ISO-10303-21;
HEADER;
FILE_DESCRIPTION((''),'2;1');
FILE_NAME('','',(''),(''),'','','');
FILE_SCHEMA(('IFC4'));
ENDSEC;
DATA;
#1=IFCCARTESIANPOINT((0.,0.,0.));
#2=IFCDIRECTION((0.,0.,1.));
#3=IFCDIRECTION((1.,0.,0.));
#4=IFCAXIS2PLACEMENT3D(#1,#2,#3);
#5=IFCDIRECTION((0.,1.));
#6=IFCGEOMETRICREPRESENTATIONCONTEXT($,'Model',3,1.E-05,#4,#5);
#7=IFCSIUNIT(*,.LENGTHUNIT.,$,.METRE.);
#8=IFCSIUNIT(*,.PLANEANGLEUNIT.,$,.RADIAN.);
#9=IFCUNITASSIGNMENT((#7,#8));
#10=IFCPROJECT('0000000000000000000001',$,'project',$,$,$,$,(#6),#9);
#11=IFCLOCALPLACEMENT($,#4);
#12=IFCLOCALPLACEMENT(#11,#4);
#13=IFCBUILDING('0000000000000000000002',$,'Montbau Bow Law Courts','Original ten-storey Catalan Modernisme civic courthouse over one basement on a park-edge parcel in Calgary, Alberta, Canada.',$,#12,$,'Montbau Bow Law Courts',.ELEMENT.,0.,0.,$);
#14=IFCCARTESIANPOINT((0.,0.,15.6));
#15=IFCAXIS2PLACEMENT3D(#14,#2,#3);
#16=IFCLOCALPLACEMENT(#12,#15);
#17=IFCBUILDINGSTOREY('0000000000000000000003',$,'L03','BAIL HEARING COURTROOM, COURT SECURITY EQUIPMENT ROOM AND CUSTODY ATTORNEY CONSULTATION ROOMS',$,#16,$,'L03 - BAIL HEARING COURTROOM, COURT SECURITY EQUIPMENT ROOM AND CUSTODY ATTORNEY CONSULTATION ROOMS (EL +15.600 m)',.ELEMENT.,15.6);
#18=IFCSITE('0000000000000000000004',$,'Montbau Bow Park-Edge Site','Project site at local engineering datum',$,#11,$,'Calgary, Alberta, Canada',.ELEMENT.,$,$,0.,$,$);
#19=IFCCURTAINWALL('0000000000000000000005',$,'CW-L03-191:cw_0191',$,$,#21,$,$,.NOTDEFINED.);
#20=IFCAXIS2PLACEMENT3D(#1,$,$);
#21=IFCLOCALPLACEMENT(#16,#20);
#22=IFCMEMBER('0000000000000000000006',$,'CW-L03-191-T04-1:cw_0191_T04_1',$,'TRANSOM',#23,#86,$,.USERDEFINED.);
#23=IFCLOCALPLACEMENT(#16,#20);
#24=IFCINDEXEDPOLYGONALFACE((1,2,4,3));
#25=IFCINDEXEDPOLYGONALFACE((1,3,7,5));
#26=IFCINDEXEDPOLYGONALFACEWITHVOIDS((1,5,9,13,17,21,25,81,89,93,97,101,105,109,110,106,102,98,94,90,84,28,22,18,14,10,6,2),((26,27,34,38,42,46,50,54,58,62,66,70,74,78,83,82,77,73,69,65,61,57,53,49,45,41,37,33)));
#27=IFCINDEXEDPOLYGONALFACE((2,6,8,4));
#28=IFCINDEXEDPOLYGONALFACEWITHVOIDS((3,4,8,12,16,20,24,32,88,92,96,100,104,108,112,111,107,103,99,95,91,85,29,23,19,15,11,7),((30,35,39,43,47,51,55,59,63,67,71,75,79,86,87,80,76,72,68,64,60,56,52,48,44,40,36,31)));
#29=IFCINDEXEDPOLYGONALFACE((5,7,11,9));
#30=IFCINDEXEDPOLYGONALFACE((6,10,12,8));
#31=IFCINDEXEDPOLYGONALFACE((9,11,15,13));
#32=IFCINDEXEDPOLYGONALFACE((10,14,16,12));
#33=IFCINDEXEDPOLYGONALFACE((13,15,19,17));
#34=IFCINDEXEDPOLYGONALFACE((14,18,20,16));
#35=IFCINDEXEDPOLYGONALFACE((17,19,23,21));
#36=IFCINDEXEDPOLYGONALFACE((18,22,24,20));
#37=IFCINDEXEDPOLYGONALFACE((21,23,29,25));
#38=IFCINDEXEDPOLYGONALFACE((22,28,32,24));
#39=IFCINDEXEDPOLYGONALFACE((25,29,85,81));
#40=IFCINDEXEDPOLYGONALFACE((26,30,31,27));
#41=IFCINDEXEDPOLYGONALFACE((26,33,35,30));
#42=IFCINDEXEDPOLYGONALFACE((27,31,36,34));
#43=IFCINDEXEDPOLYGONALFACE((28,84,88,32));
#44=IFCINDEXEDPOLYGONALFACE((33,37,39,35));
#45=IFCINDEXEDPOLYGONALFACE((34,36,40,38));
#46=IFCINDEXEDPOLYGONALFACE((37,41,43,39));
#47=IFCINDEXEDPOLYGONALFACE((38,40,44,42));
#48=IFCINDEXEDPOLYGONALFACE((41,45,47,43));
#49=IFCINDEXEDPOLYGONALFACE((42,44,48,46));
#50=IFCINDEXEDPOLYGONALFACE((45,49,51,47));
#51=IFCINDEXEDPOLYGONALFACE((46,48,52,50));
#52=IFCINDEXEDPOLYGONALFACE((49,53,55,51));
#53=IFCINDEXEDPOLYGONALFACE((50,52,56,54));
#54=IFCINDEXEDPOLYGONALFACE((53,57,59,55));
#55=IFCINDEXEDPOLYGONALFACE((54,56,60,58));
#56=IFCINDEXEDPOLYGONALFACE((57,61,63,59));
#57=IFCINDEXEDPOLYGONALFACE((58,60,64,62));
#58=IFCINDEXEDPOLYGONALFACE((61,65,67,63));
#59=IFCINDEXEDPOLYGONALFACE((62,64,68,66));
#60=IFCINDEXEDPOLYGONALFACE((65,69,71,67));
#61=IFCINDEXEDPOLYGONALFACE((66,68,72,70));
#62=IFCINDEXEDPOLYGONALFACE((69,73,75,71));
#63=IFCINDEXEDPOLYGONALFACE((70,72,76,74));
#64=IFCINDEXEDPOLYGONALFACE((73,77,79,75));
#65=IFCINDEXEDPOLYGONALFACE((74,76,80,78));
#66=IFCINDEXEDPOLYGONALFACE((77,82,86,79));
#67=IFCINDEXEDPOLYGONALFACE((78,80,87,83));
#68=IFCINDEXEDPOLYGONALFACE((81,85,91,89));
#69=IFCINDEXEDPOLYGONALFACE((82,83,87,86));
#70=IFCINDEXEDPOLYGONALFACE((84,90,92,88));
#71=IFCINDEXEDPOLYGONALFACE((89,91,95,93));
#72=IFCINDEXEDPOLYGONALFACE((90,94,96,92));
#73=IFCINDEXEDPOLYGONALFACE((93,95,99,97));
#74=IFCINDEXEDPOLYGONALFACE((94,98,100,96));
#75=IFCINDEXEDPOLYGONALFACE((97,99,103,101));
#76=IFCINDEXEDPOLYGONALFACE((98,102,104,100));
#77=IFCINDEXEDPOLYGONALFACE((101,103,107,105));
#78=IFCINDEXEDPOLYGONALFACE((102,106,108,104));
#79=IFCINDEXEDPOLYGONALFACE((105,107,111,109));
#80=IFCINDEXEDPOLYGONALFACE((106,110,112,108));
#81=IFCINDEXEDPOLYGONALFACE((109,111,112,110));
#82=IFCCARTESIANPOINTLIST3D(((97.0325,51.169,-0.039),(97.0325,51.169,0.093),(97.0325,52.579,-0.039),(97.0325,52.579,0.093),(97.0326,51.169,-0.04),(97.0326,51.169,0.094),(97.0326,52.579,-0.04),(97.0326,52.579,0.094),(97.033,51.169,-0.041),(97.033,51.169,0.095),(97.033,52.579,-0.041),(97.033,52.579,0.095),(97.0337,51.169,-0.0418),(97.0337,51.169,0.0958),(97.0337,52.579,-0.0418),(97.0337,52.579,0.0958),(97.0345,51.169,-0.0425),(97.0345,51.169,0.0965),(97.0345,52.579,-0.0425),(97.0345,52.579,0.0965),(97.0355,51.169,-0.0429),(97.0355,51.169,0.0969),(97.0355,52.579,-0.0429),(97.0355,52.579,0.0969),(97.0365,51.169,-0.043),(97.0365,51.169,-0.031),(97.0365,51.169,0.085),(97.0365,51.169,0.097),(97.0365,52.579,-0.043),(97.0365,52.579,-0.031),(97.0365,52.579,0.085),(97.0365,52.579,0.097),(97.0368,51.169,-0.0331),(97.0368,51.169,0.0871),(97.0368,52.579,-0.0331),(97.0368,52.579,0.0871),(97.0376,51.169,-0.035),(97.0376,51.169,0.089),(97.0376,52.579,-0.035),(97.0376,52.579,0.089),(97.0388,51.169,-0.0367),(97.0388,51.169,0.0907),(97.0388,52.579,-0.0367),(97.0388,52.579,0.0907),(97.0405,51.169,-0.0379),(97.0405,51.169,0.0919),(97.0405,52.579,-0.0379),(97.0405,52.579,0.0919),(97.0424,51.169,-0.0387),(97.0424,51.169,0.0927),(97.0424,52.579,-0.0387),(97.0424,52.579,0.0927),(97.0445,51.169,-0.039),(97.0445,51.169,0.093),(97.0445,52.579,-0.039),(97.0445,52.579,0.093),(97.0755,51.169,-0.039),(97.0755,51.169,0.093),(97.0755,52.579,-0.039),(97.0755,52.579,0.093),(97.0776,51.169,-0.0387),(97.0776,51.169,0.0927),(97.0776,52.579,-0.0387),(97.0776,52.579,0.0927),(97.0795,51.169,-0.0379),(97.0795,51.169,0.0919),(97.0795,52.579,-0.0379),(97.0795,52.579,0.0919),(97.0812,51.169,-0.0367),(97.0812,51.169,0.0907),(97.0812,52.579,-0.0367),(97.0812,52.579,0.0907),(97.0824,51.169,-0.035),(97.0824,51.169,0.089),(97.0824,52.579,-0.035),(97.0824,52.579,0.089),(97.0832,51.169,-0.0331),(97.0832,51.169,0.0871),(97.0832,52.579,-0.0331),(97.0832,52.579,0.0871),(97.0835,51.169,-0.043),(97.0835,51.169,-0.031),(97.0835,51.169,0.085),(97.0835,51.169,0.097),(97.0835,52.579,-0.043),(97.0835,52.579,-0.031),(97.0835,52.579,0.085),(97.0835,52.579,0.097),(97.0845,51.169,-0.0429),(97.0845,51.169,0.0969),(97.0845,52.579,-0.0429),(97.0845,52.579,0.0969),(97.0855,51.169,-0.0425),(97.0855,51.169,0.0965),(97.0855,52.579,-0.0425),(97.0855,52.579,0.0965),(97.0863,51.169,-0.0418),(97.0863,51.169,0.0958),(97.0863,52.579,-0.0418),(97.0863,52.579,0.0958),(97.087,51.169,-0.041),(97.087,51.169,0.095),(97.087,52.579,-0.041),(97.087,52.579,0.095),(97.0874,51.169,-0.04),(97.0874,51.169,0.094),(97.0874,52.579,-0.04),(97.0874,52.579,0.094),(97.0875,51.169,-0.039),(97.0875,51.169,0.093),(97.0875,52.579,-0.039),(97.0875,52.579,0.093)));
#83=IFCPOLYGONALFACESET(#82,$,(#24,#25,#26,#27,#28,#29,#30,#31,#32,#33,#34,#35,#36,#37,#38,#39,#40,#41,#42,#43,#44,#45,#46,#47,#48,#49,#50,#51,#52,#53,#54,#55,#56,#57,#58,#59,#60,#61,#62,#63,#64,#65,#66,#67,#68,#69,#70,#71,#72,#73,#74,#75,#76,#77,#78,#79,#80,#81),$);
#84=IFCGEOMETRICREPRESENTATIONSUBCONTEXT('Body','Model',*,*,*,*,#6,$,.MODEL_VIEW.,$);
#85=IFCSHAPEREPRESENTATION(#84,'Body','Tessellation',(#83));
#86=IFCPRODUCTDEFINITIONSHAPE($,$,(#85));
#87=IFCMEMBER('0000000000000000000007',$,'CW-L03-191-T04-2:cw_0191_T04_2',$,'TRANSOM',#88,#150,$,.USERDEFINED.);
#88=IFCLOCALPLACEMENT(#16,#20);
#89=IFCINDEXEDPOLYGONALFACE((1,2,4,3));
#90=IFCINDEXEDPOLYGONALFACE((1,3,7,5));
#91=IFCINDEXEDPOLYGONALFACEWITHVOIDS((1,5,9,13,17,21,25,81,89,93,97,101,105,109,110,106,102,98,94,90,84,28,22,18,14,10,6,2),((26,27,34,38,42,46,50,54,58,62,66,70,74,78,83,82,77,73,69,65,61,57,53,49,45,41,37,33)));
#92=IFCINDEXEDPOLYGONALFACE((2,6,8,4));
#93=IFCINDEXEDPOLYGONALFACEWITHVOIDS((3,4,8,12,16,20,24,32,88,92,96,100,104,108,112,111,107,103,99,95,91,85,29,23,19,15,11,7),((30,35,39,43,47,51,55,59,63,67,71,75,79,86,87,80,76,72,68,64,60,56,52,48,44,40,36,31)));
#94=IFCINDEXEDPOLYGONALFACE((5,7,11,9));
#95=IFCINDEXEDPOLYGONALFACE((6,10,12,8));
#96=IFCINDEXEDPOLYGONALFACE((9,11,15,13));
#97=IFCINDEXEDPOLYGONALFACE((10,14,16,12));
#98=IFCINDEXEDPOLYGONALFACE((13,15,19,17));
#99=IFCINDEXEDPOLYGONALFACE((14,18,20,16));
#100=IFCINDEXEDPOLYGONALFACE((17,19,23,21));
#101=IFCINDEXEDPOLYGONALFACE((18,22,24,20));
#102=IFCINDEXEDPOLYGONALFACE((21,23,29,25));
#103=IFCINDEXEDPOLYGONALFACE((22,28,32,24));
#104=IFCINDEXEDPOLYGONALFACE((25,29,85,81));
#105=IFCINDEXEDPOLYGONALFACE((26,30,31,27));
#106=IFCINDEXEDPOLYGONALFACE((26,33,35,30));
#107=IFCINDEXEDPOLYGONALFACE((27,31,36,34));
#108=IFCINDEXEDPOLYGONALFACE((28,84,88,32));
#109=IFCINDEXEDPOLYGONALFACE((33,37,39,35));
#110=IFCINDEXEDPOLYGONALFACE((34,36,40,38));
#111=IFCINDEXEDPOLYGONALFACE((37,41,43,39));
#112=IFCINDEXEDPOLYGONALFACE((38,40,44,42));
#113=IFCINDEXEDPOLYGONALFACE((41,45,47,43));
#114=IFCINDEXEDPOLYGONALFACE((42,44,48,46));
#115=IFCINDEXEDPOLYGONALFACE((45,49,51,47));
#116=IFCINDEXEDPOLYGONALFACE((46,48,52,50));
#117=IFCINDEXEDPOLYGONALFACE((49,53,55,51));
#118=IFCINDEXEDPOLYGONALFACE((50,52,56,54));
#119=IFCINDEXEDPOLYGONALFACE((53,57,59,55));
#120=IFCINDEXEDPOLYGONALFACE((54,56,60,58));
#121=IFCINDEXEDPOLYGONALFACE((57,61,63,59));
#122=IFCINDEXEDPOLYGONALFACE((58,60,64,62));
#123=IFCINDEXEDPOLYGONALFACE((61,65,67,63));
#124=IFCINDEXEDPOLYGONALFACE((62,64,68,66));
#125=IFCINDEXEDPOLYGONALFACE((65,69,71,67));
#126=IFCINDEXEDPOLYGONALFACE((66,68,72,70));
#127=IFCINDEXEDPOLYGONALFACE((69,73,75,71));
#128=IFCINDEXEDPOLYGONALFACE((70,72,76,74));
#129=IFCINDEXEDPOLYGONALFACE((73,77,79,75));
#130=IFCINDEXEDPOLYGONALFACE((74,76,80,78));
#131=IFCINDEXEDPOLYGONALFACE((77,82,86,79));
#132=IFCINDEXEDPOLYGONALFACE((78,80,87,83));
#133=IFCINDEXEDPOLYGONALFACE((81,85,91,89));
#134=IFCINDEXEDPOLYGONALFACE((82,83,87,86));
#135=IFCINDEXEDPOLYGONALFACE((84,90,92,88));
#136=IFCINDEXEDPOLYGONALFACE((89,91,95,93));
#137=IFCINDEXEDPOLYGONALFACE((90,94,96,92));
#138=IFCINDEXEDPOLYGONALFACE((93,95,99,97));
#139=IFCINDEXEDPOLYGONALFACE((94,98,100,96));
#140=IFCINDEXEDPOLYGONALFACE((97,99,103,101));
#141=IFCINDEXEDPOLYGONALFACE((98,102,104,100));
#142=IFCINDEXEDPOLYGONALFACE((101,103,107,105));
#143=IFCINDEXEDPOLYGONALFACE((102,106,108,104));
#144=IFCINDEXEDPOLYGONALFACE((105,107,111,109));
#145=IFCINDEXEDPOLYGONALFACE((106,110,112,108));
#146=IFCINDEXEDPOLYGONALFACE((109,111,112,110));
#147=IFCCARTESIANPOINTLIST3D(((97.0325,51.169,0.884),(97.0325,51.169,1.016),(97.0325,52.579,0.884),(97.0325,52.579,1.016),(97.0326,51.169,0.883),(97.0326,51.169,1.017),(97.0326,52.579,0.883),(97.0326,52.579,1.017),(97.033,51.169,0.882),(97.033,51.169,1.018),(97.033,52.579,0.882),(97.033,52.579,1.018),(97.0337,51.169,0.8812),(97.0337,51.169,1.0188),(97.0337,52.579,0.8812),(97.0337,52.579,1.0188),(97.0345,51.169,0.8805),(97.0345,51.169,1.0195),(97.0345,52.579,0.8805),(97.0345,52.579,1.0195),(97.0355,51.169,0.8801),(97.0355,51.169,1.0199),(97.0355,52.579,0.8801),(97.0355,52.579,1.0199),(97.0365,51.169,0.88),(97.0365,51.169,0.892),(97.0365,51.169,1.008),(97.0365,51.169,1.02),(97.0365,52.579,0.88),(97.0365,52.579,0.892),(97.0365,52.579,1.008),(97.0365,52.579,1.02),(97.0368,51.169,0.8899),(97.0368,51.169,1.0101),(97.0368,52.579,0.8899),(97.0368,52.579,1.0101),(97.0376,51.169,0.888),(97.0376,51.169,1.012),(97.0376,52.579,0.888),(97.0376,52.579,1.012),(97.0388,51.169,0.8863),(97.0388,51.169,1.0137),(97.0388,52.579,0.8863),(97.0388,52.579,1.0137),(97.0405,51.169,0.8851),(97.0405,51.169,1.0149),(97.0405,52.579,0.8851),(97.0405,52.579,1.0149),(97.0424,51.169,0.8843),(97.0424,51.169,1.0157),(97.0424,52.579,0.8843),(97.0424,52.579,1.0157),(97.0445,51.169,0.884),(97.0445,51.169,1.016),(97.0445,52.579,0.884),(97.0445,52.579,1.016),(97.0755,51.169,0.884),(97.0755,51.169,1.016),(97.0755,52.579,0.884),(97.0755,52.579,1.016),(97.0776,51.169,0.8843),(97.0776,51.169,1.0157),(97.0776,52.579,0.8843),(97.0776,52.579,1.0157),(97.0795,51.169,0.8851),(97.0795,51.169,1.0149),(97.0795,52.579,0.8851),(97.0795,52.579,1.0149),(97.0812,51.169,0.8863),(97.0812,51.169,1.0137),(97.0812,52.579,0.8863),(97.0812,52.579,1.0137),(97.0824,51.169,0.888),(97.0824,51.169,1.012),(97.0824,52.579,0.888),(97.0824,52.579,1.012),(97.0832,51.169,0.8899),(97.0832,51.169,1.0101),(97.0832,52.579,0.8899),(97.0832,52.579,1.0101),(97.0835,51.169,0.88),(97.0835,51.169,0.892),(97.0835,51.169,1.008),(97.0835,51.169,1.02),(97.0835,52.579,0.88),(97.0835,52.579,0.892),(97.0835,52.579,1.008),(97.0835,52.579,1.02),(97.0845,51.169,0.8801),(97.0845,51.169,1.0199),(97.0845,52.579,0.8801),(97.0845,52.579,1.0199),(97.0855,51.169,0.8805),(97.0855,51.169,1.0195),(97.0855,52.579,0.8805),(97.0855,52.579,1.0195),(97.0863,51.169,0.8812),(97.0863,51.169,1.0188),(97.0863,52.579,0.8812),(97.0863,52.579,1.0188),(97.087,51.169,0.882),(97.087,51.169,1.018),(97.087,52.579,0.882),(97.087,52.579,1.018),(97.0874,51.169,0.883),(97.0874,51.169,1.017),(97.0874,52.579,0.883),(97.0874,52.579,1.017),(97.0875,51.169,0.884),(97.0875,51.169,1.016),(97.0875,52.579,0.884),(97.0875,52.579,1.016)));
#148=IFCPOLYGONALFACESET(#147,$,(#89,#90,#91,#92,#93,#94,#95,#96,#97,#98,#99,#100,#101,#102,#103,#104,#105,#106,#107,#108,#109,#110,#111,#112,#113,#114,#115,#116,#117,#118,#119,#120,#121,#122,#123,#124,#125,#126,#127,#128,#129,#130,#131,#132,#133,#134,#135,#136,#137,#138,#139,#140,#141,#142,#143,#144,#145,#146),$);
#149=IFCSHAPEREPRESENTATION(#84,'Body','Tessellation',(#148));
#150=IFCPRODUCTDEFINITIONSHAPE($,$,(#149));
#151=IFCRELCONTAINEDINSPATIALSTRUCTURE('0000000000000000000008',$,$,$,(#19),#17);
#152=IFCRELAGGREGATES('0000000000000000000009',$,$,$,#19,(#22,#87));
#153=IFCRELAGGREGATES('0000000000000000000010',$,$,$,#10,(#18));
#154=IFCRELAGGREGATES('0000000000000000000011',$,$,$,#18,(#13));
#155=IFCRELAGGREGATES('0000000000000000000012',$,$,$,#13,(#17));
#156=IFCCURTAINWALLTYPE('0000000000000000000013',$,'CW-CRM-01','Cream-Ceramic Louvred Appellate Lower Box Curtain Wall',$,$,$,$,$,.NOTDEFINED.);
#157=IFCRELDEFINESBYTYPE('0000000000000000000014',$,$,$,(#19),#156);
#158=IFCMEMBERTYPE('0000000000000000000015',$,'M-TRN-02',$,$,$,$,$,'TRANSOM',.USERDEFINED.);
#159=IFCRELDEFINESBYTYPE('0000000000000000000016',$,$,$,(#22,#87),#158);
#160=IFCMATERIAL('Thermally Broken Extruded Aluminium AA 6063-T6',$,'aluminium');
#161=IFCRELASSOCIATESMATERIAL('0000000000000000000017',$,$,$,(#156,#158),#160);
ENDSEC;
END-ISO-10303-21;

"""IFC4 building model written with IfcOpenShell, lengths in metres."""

from ifc_helpers import new_model, si_unit, direction, frame, origin_with_axes, origin_2d_with_axis, place, context, subcontext, project, spatial, hollow_rectangle, extrude, material, material_profile, profile_set, type_object, element, aggregate, save


model = new_model("IFC4")

# Units and contexts
model_context = context("Model", 3, precision=1e-05, world=origin_with_axes(), true_north=direction((0.0, 1.0)))
body_context = subcontext(model_context, "Body", "Model", "MODEL_VIEW")
ifc_project = project(units=[si_unit("LENGTHUNIT", "METRE"), si_unit("PLANEANGLEUNIT", "RADIAN")], contexts=[model_context])

# Site, building, storey
site_placement = place(None, origin_with_axes())
site = spatial("IfcSite", under=ifc_project, at=site_placement, Name="Montbau Bow Park-Edge Site", Description="Project site at local engineering datum", LongName="Calgary, Alberta, Canada", CompositionType="ELEMENT", RefElevation=0.0)
building_placement = place(site_placement, origin_with_axes())
building = spatial("IfcBuilding", under=site, at=building_placement, Name="Montbau Bow Law Courts", Description="Original ten-storey Catalan Modernisme civic courthouse over one basement on a park-edge parcel in Calgary, Alberta, Canada.", LongName="Montbau Bow Law Courts", CompositionType="ELEMENT", ElevationOfRefHeight=0.0, ElevationOfTerrain=0.0)
storey_placement = place(building_placement, frame((0.0, 0.0, 15.6), z_axis=(0.0, 0.0, 1.0), x_axis=(1.0, 0.0, 0.0)))
storey = spatial("IfcBuildingStorey", under=building, at=storey_placement, Name="L03", Description="BAIL HEARING COURTROOM, COURT SECURITY EQUIPMENT ROOM AND CUSTODY ATTORNEY CONSULTATION ROOMS", LongName="L03 - BAIL HEARING COURTROOM, COURT SECURITY EQUIPMENT ROOM AND CUSTODY ATTORNEY CONSULTATION ROOMS (EL +15.600 m)", CompositionType="ELEMENT", Elevation=15.6)

# Curtain wall, members
ifc_material_1 = material(Name="Thermally Broken Extruded Aluminium AA 6063-T6", Category="aluminium")
curtain_wall_type = type_object("IfcCurtainWallType", Name="CW-CRM-01", Description="Cream-Ceramic Louvred Appellate Lower Box Curtain Wall", PredefinedType="NOTDEFINED", material=ifc_material_1)
curtain_wall_placement = place(None, frame((97.06, 46.715, 15.6), z_axis=(0.0, 0.0, 1.0), x_axis=(1.0, 0.0, 0.0)))
curtain_wall = element("IfcCurtainWall", 1, at=curtain_wall_placement, inside=storey, type_object=curtain_wall_type, Name="CW-L03-191:cw_0191", PredefinedType="NOTDEFINED")
ifc_material_profile_1 = material_profile(ifc_material_1, hollow_rectangle(XDim=0.055, YDim=0.14, WallThickness=0.004, InnerFilletRadius=0.008, OuterFilletRadius=0.004, at=origin_2d_with_axis()), Name="CWT-140X55", Category="Main", Priority=0)
ifc_profile_set_1 = profile_set([ifc_material_profile_1], Name="Thermally Broken Extruded Aluminium AA 6063-T6")
member_type_1 = type_object("IfcMemberType", Name="M-TRN-02", ElementType="TRANSOM", PredefinedType="USERDEFINED", material=ifc_profile_set_1)
member_1_placement = place(None, frame((97.06, 51.169, 15.627), z_axis=(0.0, 1.0, 0.0), x_axis=(-1.0, 0.0, 0.0)))
member_1 = element("IfcMember", 2, at=member_1_placement, type_object=member_type_1, Name="CW-L03-191-T04-1:cw_0191_T04_1", ObjectType="TRANSOM", PredefinedType="USERDEFINED", context=body_context, shape_type="SweptSolid", body=[
    extrude(hollow_rectangle(XDim=0.055, YDim=0.14, WallThickness=0.004, InnerFilletRadius=0.008, OuterFilletRadius=0.004, at=origin_2d_with_axis()), origin_with_axes(), (0.0, 0.0, 1.0), 1.41),
])
member_2_placement = place(None, frame((97.06, 51.169, 16.55), z_axis=(0.0, 1.0, 0.0), x_axis=(-1.0, 0.0, 0.0)))
member_2 = element("IfcMember", 3, at=member_2_placement, type_object=member_type_1, Name="CW-L03-191-T04-2:cw_0191_T04_2", ObjectType="TRANSOM", PredefinedType="USERDEFINED", context=body_context, shape_type="SweptSolid", body=[
    extrude(hollow_rectangle(XDim=0.055, YDim=0.14, WallThickness=0.004, InnerFilletRadius=0.008, OuterFilletRadius=0.004, at=origin_2d_with_axis()), origin_with_axes(), (0.0, 0.0, 1.0), 1.41),
])
aggregate(curtain_wall, [member_1, member_2])

save(model, "model.ifc")
